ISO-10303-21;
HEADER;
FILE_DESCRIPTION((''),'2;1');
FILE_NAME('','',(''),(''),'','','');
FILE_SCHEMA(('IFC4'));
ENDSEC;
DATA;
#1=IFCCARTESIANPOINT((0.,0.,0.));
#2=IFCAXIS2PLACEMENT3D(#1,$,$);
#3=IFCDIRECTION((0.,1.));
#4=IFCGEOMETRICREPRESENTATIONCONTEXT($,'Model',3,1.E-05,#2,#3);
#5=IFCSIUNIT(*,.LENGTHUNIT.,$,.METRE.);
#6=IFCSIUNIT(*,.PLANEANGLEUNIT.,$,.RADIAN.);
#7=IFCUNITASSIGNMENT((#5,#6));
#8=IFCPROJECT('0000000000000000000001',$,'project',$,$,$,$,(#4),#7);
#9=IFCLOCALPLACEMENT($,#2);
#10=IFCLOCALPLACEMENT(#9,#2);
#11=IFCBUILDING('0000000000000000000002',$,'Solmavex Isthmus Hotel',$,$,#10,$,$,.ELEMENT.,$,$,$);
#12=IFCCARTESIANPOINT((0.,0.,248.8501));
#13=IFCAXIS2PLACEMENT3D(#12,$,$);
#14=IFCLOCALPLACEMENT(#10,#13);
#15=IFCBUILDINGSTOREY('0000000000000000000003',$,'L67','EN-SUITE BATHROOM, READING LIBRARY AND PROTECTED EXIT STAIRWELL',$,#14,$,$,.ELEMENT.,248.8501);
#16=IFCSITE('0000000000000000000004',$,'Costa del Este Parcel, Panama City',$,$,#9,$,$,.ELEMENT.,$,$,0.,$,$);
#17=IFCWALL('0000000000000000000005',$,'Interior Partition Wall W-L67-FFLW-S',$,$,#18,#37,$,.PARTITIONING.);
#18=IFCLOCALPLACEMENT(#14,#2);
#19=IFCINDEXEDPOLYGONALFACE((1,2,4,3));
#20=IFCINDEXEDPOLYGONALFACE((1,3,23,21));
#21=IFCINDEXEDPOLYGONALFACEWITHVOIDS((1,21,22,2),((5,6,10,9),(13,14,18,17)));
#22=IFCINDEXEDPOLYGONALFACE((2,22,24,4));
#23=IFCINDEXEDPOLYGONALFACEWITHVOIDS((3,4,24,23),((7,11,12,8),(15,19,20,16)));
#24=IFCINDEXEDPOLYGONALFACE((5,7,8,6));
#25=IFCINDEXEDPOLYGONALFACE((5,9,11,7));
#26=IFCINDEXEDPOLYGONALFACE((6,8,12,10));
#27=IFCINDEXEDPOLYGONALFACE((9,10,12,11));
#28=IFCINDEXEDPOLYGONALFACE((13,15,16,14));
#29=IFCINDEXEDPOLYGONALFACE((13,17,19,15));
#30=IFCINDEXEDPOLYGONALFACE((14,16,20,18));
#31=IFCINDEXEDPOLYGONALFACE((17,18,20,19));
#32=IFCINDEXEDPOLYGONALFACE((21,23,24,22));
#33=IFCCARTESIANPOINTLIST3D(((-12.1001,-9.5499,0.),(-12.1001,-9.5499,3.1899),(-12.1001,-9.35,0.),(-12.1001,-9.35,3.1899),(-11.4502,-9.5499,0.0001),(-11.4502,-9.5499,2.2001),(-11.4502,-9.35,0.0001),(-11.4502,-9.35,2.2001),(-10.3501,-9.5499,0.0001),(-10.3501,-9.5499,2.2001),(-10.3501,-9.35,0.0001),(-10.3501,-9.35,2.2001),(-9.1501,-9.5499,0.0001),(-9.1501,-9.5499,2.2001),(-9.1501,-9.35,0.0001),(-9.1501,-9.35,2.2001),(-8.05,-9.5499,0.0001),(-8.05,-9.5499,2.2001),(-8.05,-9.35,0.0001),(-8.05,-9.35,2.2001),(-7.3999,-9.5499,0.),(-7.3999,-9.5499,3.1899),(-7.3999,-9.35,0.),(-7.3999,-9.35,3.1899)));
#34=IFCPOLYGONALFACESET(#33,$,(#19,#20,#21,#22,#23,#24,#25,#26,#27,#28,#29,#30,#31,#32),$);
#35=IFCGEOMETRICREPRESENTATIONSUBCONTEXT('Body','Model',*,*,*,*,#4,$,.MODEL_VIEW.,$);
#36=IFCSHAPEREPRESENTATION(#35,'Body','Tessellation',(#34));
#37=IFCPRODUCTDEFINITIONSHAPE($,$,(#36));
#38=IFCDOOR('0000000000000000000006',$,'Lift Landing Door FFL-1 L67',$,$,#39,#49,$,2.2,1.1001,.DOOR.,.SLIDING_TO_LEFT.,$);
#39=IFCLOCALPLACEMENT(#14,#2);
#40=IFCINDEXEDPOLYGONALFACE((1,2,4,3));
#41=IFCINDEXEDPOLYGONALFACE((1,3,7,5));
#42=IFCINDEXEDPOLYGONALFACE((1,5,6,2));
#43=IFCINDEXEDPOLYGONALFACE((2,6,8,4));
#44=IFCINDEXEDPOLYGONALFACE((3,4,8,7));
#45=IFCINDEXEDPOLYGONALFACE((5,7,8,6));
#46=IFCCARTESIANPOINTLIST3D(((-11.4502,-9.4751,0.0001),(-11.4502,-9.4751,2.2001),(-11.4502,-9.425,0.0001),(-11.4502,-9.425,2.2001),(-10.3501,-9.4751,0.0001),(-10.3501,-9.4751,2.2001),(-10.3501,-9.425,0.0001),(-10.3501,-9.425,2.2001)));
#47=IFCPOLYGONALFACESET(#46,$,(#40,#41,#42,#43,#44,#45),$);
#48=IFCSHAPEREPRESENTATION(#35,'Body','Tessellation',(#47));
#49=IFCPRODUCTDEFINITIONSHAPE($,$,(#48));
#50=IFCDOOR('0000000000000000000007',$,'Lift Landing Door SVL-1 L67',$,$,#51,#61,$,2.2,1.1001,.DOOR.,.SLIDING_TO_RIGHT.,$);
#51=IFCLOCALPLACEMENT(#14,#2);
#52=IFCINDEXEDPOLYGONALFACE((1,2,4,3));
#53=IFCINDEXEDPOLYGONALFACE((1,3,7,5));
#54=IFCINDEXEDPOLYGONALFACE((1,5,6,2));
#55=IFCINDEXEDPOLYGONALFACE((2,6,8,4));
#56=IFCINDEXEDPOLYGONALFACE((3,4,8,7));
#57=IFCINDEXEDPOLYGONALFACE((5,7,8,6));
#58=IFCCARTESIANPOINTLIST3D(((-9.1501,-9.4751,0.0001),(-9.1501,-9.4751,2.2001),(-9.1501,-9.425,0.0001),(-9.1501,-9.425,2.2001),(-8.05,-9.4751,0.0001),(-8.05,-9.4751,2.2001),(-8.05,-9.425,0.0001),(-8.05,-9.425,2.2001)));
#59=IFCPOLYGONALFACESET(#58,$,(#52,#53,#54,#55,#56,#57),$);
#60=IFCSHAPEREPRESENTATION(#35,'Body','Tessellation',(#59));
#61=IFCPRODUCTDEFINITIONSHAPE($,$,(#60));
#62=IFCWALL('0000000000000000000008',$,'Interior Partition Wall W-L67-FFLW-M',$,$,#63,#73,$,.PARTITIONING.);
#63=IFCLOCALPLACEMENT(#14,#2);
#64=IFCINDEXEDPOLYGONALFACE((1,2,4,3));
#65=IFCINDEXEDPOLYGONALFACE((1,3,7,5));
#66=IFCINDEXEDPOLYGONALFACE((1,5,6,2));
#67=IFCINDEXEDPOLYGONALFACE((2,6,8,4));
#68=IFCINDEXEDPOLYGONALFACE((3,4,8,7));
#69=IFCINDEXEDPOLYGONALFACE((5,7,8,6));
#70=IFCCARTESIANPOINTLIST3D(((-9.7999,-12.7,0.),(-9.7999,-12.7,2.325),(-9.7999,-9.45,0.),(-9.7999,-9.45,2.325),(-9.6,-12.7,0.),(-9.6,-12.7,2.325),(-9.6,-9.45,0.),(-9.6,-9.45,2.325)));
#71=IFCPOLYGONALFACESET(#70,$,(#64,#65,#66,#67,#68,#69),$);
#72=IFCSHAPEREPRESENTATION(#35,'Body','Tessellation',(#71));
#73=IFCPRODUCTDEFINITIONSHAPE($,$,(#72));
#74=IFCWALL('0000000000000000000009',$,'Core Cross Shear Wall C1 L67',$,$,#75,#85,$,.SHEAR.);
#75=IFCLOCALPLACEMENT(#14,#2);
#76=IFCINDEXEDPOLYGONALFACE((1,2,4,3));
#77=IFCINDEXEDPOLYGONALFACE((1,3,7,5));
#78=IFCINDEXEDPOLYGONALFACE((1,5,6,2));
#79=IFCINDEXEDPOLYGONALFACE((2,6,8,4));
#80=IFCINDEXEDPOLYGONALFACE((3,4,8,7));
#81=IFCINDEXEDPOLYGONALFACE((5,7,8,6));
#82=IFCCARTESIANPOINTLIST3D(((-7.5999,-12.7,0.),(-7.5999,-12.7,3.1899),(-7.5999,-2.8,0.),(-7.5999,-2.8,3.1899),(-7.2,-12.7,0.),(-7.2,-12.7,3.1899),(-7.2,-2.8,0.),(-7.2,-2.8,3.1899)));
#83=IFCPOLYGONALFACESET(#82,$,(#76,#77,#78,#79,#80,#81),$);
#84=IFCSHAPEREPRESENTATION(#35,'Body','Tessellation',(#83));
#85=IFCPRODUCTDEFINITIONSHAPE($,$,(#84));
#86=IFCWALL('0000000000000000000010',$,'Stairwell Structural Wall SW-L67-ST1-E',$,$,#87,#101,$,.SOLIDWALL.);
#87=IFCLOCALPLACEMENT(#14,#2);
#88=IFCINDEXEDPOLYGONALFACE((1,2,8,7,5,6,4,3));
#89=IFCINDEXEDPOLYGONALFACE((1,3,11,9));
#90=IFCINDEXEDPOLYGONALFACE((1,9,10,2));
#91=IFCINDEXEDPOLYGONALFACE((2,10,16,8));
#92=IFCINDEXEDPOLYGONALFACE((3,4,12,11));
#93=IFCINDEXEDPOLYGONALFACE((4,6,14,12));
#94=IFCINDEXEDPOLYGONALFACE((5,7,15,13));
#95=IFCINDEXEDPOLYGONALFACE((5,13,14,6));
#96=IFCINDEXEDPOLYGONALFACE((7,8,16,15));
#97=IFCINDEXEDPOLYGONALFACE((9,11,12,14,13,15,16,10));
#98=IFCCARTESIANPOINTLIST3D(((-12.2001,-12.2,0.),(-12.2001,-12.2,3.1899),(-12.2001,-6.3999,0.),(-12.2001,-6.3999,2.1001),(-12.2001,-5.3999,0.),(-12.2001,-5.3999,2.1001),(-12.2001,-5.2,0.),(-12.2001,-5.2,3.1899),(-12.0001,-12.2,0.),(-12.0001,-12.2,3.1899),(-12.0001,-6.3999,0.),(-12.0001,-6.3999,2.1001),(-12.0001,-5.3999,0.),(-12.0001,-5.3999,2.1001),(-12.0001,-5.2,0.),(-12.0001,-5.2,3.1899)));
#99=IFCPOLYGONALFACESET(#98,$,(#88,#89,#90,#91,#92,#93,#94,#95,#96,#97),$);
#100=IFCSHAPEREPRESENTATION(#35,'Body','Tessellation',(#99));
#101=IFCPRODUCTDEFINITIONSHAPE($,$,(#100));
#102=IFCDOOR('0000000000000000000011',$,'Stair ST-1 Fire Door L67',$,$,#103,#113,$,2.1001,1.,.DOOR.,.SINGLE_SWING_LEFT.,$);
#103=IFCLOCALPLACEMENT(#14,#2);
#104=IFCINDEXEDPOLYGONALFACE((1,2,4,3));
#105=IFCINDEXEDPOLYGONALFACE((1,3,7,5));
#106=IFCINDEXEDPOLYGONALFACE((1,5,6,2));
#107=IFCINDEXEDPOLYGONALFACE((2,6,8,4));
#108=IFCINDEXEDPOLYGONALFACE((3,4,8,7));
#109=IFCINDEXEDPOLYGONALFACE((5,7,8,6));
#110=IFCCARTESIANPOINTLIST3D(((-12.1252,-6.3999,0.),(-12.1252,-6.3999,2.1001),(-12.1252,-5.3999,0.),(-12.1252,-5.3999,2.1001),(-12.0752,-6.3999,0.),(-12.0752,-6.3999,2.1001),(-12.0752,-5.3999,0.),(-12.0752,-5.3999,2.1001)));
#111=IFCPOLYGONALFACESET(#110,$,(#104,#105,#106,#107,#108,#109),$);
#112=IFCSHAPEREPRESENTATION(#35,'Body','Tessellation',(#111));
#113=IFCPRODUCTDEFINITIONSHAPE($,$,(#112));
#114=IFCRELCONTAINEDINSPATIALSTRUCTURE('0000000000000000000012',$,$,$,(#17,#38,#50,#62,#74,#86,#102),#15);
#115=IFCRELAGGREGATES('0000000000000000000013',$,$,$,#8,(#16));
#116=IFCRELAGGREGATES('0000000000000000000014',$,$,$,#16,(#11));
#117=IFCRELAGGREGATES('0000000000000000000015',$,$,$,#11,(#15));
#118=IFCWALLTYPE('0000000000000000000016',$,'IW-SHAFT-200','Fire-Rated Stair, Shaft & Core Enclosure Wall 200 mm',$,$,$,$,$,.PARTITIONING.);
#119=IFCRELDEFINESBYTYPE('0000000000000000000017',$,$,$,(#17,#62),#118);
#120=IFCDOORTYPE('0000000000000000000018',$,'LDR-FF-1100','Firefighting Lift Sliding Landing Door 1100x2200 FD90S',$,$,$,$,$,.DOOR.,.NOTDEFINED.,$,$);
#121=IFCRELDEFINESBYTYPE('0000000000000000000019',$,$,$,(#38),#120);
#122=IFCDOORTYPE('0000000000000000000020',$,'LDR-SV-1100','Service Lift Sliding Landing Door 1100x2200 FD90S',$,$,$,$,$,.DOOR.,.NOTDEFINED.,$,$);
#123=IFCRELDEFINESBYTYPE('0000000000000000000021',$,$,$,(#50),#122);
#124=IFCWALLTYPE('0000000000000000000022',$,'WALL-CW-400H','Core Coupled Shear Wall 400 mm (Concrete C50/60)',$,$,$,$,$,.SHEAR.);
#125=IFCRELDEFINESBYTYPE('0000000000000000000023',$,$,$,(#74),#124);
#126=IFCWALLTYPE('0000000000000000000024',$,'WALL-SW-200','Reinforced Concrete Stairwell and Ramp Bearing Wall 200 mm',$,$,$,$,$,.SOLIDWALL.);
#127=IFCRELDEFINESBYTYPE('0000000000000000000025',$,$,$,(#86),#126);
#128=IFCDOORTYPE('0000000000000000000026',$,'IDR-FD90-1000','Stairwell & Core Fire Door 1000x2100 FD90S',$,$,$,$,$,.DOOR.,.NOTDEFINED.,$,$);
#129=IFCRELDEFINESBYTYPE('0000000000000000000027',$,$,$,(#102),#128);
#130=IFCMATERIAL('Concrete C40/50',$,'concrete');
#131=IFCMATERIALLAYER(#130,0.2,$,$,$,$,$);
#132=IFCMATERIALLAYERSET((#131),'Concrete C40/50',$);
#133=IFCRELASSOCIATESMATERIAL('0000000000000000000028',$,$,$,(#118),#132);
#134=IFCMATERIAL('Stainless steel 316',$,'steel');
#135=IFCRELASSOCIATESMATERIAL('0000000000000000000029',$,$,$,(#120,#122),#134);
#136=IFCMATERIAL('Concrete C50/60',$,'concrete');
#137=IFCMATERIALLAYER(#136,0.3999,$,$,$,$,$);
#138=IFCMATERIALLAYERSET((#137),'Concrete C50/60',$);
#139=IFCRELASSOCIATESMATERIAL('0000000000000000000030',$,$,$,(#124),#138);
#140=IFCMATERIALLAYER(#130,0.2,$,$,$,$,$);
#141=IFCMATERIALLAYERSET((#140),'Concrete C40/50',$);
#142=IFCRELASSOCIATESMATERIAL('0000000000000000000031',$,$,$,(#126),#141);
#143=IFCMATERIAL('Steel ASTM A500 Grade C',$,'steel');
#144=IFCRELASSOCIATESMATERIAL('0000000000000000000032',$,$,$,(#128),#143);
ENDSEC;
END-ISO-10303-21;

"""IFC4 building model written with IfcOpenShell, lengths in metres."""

from ifc_helpers import new_model, si_unit, direction, frame, frame_2d, origin, place, context, subcontext, project, spatial, rectangle, extrude, material, layer, layer_set, type_object, element, fill, save


model = new_model("IFC4")

# Units and contexts
model_context = context("Model", 3, precision=1e-05, world=origin(), true_north=direction((0.0, 1.0)))
body_context = subcontext(model_context, "Body", "Model", "MODEL_VIEW")
ifc_project = project(units=[si_unit("LENGTHUNIT", "METRE"), si_unit("PLANEANGLEUNIT", "RADIAN")], contexts=[model_context])

# Site, building, storey
site_placement = place(None, origin())
site = spatial("IfcSite", under=ifc_project, at=site_placement, Name="Costa del Este Parcel, Panama City", CompositionType="ELEMENT", RefElevation=0.0)
building_placement = place(site_placement, origin())
building = spatial("IfcBuilding", under=site, at=building_placement, Name="Solmavex Isthmus Hotel", CompositionType="ELEMENT")
storey_placement = place(building_placement, frame((0.0, 0.0, 248.8501)))
storey = spatial("IfcBuildingStorey", under=building, at=storey_placement, Name="L67", Description="EN-SUITE BATHROOM, READING LIBRARY AND PROTECTED EXIT STAIRWELL", CompositionType="ELEMENT", Elevation=248.8501)

# Shared definitions
ifc_material_1 = material(Name="Concrete C50/60", Category="concrete")

# Shared definitions
ifc_material_2 = material(Name="Steel ASTM A500 Grade C", Category="steel")

# Shared definitions
ifc_material_3 = material(Name="Concrete C40/50", Category="concrete")
ifc_layer_1 = layer(ifc_material_3, 0.2)
ifc_layer_set_1 = layer_set([ifc_layer_1], Name="Concrete C40/50")
wall_type_1 = type_object("IfcWallType", Name="IW-SHAFT-200", Description="Fire-Rated Stair, Shaft & Core Enclosure Wall 200 mm", PredefinedType="PARTITIONING", material=ifc_layer_set_1)

# Wall, openings, doors
wall_1_placement = place(storey_placement, frame((-12.1001, -9.45, 0.0), z_axis=(0.0, 0.0, 1.0), x_axis=(1.0, 0.0, 0.0)))
wall_1 = element("IfcWall", 1, at=wall_1_placement, inside=storey, type_object=wall_type_1, Name="Interior Partition Wall W-L67-FFLW-S", PredefinedType="PARTITIONING", context=body_context, shape_type="SweptSolid", body=[
    extrude(rectangle(XDim=4.7002, YDim=0.2, at=frame_2d((2.3501, 0.0))), origin(), (0.0, 0.0, 1.0), 3.1899),
])
opening_1_placement = place(wall_1_placement, frame((0.6499, 0.0, 0.0)))
opening_1 = element("IfcOpeningElement", 2, at=opening_1_placement, cuts=wall_1, PredefinedType="OPENING", context=body_context, shape_type="SweptSolid", body=[
    extrude(rectangle(XDim=1.1001, YDim=2.2, at=frame_2d((0.55, 1.1001))), frame((0.0, 0.1099, 0.0), z_axis=(0.0, -1.0, 0.0), x_axis=(1.0, 0.0, 0.0)), (0.0, 0.0, 1.0), 0.22),
])
opening_2_placement = place(wall_1_placement, frame((2.95, 0.0, 0.0)))
opening_2 = element("IfcOpeningElement", 3, at=opening_2_placement, cuts=wall_1, PredefinedType="OPENING", context=body_context, shape_type="SweptSolid", body=[
    extrude(rectangle(XDim=1.1001, YDim=2.2, at=frame_2d((0.55, 1.1001))), frame((0.0, 0.1099, 0.0), z_axis=(0.0, -1.0, 0.0), x_axis=(1.0, 0.0, 0.0)), (0.0, 0.0, 1.0), 0.22),
])
ifc_material_4 = material(Name="Stainless steel 316", Category="steel")
door_type_1 = type_object("IfcDoorType", Name="LDR-FF-1100", Description="Firefighting Lift Sliding Landing Door 1100x2200 FD90S", OperationType="NOTDEFINED", PredefinedType="DOOR", material=ifc_material_4)
door_1_placement = place(opening_1_placement, origin())
door_1 = element("IfcDoor", 4, at=door_1_placement, inside=storey, type_object=door_type_1, Name="Lift Landing Door FFL-1 L67", OperationType="SLIDING_TO_LEFT", OverallHeight=2.2, OverallWidth=1.1001, PredefinedType="DOOR", context=body_context, shape_type="SweptSolid", body=[
    extrude(rectangle(XDim=1.1001, YDim=2.2, at=frame_2d((0.55, 1.1001))), frame((0.0, 0.0249, 0.0), z_axis=(0.0, -1.0, 0.0), x_axis=(1.0, 0.0, 0.0)), (0.0, 0.0, 1.0), 0.05),
])
fill(opening_1, door_1)
door_type_2 = type_object("IfcDoorType", Name="LDR-SV-1100", Description="Service Lift Sliding Landing Door 1100x2200 FD90S", OperationType="NOTDEFINED", PredefinedType="DOOR", material=ifc_material_4)
door_2_placement = place(opening_2_placement, origin())
door_2 = element("IfcDoor", 5, at=door_2_placement, inside=storey, type_object=door_type_2, Name="Lift Landing Door SVL-1 L67", OperationType="SLIDING_TO_RIGHT", OverallHeight=2.2, OverallWidth=1.1001, PredefinedType="DOOR", context=body_context, shape_type="SweptSolid", body=[
    extrude(rectangle(XDim=1.1001, YDim=2.2, at=frame_2d((0.55, 1.1001))), frame((0.0, 0.0249, 0.0), z_axis=(0.0, -1.0, 0.0), x_axis=(1.0, 0.0, 0.0)), (0.0, 0.0, 1.0), 0.05),
])
fill(opening_2, door_2)

# Walls
wall_2_placement = place(storey_placement, frame((-9.7, -12.7, 0.0), z_axis=(0.0, 0.0, 1.0), x_axis=(0.0, 1.0, 0.0)))
element("IfcWall", 6, at=wall_2_placement, inside=storey, type_object=wall_type_1, Name="Interior Partition Wall W-L67-FFLW-M", PredefinedType="PARTITIONING", context=body_context, shape_type="SweptSolid", body=[
    extrude(rectangle(XDim=3.25, YDim=0.2, at=frame_2d((1.625, 0.0))), origin(), (0.0, 0.0, 1.0), 2.325),
])
ifc_layer_2 = layer(ifc_material_1, 0.3999)
ifc_layer_set_2 = layer_set([ifc_layer_2], Name="Concrete C50/60")
wall_type_2 = type_object("IfcWallType", Name="WALL-CW-400H", Description="Core Coupled Shear Wall 400 mm (Concrete C50/60)", PredefinedType="SHEAR", material=ifc_layer_set_2)
wall_3_placement = place(storey_placement, frame((-7.3999, -12.7, 0.0), z_axis=(0.0, 0.0, 1.0), x_axis=(0.0, 1.0, 0.0)))
element("IfcWall", 7, at=wall_3_placement, inside=storey, type_object=wall_type_2, Name="Core Cross Shear Wall C1 L67", PredefinedType="SHEAR", context=body_context, shape_type="SweptSolid", body=[
    extrude(rectangle(XDim=9.8999, YDim=0.3999, at=frame_2d((4.95, 0.0))), origin(), (0.0, 0.0, 1.0), 3.1899),
])

# Wall, opening, door
ifc_layer_3 = layer(ifc_material_3, 0.2)
ifc_layer_set_3 = layer_set([ifc_layer_3], Name="Concrete C40/50")
wall_type_3 = type_object("IfcWallType", Name="WALL-SW-200", Description="Reinforced Concrete Stairwell and Ramp Bearing Wall 200 mm", PredefinedType="SOLIDWALL", material=ifc_layer_set_3)
wall_4_placement = place(storey_placement, frame((-12.1001, -12.2, 0.0), z_axis=(0.0, 0.0, 1.0), x_axis=(0.0, 1.0, 0.0)))
wall_4 = element("IfcWall", 8, at=wall_4_placement, inside=storey, type_object=wall_type_3, Name="Stairwell Structural Wall SW-L67-ST1-E", PredefinedType="SOLIDWALL", context=body_context, shape_type="SweptSolid", body=[
    extrude(rectangle(XDim=7.0, YDim=0.2, at=frame_2d((3.5, 0.0))), origin(), (0.0, 0.0, 1.0), 3.1899),
])
opening_3_placement = place(wall_4_placement, frame((5.8, 0.0, 0.0)))
opening_3 = element("IfcOpeningElement", 9, at=opening_3_placement, cuts=wall_4, PredefinedType="OPENING", context=body_context, shape_type="SweptSolid", body=[
    extrude(rectangle(XDim=1.0, YDim=2.1001, at=frame_2d((0.5, 1.05))), frame((0.0, 0.1099, 0.0), z_axis=(0.0, -1.0, 0.0), x_axis=(1.0, 0.0, 0.0)), (0.0, 0.0, 1.0), 0.22),
])
door_type_3 = type_object("IfcDoorType", Name="IDR-FD90-1000", Description="Stairwell & Core Fire Door 1000x2100 FD90S", OperationType="NOTDEFINED", PredefinedType="DOOR", material=ifc_material_2)
door_3_placement = place(opening_3_placement, frame((1.0, 0.0, 0.0), z_axis=(0.0, 0.0, 1.0), x_axis=(-1.0, 0.0, 0.0)))
door_3 = element("IfcDoor", 10, at=door_3_placement, inside=storey, type_object=door_type_3, Name="Stair ST-1 Fire Door L67", OperationType="SINGLE_SWING_LEFT", OverallHeight=2.1001, OverallWidth=1.0, PredefinedType="DOOR", context=body_context, shape_type="SweptSolid", body=[
    extrude(rectangle(XDim=1.0, YDim=2.1001, at=frame_2d((0.5, 1.05))), frame((0.0, 0.0249, 0.0), z_axis=(0.0, -1.0, 0.0), x_axis=(1.0, 0.0, 0.0)), (0.0, 0.0, 1.0), 0.05),
])
fill(opening_3, door_3)

save(model, "model.ifc")
